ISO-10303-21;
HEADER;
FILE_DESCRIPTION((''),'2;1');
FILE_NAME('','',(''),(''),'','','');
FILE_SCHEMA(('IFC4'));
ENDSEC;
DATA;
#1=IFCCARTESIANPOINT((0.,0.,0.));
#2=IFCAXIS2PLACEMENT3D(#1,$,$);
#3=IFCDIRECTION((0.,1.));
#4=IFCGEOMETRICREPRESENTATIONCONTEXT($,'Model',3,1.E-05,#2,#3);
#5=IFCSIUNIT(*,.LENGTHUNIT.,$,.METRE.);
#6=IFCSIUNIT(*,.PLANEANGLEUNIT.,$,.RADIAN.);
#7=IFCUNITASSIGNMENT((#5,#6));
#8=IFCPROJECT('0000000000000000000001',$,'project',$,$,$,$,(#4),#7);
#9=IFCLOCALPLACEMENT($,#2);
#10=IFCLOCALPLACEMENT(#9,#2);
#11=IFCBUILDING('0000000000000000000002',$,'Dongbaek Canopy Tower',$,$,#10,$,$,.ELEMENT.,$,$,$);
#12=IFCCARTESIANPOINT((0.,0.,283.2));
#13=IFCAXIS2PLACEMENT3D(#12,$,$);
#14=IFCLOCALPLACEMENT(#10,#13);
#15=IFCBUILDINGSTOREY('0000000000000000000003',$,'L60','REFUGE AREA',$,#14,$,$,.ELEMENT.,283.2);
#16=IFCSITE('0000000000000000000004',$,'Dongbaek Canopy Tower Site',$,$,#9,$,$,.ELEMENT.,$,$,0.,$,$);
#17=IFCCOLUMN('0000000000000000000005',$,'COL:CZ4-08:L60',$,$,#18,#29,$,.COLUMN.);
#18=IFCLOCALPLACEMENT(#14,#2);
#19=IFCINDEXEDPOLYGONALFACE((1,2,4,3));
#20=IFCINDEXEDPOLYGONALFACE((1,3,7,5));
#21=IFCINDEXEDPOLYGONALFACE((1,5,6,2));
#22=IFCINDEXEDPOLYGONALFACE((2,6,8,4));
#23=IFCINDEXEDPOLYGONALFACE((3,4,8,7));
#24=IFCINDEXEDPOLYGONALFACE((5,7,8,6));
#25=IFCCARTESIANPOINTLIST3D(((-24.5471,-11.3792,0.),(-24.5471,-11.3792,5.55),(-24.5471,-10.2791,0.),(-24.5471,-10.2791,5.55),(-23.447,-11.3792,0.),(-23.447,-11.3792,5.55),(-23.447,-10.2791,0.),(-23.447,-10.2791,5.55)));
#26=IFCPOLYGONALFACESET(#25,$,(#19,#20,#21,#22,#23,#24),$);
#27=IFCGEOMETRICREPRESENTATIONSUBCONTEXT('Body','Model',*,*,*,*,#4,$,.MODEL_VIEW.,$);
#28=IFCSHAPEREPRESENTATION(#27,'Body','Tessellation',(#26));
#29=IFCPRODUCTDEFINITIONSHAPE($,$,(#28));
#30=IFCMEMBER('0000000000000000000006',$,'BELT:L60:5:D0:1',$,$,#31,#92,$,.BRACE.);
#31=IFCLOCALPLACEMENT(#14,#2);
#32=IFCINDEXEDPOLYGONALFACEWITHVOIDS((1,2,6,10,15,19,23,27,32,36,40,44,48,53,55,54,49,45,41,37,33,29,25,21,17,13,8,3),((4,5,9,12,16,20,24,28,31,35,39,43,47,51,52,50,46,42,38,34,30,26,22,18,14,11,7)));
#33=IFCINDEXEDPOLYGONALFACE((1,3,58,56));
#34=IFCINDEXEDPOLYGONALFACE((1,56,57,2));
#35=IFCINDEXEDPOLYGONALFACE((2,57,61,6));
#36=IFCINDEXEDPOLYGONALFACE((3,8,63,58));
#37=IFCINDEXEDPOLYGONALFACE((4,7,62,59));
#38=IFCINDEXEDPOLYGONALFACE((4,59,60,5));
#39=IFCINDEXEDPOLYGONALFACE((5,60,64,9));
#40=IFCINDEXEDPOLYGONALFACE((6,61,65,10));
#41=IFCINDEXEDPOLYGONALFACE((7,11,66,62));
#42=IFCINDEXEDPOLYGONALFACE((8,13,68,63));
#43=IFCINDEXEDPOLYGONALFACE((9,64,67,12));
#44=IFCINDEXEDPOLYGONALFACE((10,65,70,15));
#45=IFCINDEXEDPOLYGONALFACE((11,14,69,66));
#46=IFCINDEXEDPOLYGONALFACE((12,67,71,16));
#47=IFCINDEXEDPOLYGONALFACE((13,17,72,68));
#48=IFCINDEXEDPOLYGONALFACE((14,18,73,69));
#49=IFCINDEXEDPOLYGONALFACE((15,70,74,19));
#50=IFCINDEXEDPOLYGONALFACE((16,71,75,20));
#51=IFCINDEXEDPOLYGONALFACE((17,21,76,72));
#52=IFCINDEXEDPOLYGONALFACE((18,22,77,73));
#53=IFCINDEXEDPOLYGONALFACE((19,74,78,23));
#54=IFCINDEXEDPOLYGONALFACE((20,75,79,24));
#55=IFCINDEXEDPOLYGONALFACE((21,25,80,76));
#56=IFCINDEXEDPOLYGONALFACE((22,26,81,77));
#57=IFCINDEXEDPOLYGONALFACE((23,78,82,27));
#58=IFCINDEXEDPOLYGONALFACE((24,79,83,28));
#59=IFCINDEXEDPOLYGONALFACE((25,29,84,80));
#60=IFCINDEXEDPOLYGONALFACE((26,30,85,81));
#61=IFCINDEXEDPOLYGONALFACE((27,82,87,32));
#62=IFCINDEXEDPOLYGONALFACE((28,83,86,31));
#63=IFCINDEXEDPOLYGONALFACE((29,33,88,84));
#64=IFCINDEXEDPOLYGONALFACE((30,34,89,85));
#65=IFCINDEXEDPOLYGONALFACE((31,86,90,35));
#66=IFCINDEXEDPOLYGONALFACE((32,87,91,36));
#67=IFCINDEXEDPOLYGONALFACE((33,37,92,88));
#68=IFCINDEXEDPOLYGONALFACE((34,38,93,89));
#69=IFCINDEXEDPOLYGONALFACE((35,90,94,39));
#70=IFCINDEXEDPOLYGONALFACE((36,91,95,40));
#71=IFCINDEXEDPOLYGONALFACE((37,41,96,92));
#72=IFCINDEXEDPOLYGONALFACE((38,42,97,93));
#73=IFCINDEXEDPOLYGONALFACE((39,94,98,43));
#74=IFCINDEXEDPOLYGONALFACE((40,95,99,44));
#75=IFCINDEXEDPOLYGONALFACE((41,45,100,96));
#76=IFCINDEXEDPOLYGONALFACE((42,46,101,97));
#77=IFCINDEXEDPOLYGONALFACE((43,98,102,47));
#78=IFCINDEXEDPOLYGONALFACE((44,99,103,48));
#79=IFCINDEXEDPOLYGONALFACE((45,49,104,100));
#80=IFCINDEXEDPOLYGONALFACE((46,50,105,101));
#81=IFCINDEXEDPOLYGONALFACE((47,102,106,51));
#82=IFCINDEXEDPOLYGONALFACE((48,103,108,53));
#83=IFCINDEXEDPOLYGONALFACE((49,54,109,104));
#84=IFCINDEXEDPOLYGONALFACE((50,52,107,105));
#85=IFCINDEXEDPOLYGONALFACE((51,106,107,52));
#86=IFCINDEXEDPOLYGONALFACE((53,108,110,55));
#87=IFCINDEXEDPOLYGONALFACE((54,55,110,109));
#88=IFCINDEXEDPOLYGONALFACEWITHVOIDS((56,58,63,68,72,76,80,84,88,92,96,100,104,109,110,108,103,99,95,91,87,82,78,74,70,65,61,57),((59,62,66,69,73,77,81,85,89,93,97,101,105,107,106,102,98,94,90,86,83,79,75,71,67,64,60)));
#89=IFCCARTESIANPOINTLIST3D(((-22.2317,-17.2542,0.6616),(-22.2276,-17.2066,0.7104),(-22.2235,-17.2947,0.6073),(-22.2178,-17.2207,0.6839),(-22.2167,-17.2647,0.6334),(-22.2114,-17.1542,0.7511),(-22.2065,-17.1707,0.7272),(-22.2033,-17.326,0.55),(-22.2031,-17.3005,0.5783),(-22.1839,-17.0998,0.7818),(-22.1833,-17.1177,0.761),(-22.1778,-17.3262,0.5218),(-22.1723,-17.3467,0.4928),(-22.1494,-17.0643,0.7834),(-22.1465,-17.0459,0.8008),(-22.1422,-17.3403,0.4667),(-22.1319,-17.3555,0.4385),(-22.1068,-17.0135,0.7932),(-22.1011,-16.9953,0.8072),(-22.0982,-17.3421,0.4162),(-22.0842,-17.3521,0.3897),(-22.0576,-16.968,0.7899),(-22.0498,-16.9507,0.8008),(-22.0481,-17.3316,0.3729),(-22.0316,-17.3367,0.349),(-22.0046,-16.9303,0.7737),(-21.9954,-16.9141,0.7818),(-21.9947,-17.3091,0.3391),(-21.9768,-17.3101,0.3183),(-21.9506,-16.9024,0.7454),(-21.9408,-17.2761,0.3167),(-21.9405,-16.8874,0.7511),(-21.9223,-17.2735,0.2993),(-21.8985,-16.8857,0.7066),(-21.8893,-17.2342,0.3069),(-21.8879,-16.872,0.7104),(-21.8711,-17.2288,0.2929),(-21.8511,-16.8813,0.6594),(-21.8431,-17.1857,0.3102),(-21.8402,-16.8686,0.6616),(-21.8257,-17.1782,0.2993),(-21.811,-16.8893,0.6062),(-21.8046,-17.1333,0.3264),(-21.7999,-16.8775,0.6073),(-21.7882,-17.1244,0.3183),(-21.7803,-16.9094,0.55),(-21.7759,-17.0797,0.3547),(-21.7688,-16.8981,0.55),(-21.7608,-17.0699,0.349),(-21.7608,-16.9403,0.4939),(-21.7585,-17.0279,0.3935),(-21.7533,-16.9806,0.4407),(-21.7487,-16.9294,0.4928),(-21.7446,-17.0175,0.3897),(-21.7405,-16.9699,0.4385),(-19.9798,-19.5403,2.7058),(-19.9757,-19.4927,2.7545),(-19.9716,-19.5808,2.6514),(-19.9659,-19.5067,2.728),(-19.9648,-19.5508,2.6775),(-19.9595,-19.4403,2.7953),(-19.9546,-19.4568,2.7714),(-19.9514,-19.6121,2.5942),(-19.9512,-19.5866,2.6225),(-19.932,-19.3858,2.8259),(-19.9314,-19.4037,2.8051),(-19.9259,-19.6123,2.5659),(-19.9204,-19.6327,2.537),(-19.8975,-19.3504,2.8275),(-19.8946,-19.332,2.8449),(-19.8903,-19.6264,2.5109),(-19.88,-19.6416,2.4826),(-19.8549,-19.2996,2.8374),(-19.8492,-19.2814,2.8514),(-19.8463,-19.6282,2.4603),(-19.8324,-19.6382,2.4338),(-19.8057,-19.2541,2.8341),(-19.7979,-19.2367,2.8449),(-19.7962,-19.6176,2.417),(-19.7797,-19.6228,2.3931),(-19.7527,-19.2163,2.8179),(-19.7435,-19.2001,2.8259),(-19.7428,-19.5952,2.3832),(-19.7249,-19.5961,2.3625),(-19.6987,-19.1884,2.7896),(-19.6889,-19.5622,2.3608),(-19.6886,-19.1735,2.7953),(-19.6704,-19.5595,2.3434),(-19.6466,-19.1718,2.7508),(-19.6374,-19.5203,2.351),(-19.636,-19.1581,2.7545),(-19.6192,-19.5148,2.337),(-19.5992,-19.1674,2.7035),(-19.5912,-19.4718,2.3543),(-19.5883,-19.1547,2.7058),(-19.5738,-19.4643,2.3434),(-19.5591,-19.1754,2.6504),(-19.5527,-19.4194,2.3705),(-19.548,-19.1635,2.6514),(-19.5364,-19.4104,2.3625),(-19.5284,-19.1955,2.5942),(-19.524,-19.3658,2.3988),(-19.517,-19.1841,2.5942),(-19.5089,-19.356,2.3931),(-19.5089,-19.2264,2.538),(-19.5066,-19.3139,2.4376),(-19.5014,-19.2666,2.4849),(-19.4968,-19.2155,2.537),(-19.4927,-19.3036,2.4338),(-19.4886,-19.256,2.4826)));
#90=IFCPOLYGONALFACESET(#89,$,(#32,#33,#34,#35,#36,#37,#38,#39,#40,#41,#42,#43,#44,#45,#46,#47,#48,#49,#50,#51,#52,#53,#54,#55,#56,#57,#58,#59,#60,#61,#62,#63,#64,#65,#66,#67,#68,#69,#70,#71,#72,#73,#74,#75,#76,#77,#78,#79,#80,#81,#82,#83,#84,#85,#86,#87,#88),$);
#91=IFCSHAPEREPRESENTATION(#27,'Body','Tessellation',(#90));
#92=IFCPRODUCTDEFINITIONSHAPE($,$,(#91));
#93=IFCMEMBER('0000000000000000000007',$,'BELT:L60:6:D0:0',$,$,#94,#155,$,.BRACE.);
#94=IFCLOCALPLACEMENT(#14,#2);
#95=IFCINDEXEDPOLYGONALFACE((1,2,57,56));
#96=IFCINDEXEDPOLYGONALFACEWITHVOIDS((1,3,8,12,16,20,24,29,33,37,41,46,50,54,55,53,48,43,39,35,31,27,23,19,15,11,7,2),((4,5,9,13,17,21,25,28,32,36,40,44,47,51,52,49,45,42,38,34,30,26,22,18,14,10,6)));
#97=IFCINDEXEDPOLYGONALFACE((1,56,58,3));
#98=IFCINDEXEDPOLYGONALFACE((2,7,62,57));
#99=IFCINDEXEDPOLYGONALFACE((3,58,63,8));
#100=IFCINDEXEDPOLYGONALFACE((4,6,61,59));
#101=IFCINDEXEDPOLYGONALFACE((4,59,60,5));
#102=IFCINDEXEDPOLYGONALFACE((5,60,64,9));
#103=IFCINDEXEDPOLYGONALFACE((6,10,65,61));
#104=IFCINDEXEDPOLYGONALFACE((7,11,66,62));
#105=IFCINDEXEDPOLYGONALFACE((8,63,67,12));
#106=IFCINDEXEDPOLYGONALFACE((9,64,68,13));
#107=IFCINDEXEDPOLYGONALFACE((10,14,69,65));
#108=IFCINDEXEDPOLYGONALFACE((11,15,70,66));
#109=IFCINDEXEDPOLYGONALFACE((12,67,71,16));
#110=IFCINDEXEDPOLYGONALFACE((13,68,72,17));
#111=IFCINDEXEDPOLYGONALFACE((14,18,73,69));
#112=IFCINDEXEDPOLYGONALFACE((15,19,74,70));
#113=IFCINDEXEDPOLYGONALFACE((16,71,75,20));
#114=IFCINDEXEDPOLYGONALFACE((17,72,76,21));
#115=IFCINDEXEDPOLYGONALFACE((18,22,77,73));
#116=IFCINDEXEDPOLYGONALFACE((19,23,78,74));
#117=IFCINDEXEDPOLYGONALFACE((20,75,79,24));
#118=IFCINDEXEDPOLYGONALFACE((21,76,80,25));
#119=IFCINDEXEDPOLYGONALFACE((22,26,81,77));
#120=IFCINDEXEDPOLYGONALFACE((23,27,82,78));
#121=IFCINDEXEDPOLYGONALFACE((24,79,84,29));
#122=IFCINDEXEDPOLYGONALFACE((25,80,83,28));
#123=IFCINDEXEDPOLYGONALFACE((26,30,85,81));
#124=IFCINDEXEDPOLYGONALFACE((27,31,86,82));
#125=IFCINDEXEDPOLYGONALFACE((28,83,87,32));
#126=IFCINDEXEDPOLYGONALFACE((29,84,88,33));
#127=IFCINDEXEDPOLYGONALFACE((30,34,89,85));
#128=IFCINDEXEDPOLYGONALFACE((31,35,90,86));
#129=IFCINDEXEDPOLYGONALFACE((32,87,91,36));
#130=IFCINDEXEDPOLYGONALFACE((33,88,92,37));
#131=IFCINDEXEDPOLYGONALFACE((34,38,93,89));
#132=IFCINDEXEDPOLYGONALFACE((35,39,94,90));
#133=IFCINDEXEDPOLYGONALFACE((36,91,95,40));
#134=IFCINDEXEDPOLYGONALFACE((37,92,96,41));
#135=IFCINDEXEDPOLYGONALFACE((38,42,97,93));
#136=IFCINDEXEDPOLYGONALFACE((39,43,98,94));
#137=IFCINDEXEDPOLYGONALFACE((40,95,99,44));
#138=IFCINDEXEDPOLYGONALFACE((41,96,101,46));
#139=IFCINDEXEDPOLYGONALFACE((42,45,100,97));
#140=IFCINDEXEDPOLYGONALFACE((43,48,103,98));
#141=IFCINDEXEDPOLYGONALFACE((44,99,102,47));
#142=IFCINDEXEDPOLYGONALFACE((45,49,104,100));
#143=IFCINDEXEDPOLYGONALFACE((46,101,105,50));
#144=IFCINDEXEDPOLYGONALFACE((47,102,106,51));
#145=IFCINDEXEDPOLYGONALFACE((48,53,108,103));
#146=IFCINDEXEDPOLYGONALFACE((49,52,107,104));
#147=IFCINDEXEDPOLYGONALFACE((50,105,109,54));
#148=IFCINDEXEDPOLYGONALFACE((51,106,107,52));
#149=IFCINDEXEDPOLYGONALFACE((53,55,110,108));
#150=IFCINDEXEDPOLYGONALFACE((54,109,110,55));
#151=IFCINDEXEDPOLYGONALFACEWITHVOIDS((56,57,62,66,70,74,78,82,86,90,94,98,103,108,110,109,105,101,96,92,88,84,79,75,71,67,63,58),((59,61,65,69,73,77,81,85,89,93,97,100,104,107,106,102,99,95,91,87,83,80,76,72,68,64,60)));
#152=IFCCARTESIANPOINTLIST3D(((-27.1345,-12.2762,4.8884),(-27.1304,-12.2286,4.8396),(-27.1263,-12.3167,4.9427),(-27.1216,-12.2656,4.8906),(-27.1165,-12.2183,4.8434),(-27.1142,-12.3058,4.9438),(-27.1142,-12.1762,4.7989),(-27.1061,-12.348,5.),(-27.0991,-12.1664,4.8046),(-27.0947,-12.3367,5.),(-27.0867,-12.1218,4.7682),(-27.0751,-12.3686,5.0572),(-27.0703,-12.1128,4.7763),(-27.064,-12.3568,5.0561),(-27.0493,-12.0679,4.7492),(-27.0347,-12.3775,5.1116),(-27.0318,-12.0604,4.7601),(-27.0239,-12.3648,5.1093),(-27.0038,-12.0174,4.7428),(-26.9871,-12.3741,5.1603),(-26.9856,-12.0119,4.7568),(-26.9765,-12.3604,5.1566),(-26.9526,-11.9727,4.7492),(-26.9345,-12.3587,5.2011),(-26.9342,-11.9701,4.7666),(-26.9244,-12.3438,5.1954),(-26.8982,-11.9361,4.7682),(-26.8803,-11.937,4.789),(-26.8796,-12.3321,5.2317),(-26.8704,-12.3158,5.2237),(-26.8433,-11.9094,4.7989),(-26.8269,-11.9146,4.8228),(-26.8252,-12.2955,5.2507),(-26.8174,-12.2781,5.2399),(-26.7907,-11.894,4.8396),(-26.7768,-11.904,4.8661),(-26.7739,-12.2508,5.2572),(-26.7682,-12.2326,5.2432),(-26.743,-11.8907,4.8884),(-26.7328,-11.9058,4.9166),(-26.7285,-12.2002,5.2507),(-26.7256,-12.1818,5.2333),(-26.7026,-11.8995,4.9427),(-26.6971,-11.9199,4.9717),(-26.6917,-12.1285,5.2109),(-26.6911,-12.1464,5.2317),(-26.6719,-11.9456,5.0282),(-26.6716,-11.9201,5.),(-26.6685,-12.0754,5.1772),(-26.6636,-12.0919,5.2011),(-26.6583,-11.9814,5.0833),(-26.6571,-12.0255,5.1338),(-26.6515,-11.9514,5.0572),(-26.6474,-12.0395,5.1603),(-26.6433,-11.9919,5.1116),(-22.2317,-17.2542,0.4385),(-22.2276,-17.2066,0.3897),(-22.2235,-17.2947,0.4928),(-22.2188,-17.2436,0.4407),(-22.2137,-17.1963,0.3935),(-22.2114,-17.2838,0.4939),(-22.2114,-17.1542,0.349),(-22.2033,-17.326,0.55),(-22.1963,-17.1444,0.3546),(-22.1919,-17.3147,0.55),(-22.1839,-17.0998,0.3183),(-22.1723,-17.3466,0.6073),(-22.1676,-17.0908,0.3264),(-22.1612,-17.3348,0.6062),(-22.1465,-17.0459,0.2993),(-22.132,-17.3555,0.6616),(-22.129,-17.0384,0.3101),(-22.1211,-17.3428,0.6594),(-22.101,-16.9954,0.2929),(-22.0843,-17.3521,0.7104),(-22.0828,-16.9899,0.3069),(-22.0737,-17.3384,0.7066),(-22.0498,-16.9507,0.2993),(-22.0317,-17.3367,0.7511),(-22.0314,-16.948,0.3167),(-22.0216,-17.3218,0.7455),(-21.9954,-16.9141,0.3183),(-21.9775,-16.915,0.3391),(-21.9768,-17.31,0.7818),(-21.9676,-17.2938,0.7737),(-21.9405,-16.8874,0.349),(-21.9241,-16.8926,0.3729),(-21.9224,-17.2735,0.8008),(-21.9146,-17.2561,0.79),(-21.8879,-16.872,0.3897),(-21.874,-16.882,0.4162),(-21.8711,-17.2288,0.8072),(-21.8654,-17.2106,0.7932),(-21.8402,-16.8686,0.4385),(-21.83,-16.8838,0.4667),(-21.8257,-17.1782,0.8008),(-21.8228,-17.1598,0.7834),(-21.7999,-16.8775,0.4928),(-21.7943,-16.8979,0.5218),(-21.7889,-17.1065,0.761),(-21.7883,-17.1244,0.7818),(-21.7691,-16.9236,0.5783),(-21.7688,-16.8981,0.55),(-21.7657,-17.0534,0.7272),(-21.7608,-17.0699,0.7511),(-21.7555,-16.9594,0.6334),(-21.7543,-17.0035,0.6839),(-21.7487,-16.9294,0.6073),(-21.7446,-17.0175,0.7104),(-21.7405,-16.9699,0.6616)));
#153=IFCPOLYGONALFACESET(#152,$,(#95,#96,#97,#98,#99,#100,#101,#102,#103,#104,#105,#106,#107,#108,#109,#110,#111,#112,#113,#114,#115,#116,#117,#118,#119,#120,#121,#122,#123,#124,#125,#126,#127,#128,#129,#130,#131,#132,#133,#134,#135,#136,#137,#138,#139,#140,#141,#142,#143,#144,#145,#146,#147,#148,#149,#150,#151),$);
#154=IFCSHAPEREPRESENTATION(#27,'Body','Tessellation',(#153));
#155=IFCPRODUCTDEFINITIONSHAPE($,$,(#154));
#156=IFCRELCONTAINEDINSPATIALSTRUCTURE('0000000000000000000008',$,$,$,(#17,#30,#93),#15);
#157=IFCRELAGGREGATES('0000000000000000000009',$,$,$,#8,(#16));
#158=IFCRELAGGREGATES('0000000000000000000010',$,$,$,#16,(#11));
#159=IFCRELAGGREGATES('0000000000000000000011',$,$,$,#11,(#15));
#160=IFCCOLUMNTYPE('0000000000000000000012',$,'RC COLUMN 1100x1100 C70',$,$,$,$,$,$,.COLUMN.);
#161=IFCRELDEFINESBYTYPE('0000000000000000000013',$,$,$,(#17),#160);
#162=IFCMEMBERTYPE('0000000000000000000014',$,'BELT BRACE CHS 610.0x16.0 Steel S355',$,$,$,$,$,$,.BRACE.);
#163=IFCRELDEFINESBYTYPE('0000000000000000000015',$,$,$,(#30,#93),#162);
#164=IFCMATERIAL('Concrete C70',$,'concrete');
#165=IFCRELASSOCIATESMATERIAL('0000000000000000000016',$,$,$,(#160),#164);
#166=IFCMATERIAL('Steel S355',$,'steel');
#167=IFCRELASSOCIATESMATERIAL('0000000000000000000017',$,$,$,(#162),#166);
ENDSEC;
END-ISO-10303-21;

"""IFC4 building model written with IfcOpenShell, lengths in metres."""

from ifc_helpers import new_model, si_unit, direction, frame, origin, origin_2d, place, context, subcontext, project, spatial, rectangle, hollow_circle, extrude, material, material_profile, profile_set, type_object, element, save


model = new_model("IFC4")

# Units and contexts
model_context = context("Model", 3, precision=1e-05, world=origin(), true_north=direction((0.0, 1.0)))
body_context = subcontext(model_context, "Body", "Model", "MODEL_VIEW")
ifc_project = project(units=[si_unit("LENGTHUNIT", "METRE"), si_unit("PLANEANGLEUNIT", "RADIAN")], contexts=[model_context])

# Site, building, storey
site_placement = place(None, origin())
site = spatial("IfcSite", under=ifc_project, at=site_placement, Name="Dongbaek Canopy Tower Site", CompositionType="ELEMENT", RefElevation=0.0)
building_placement = place(site_placement, origin())
building = spatial("IfcBuilding", under=site, at=building_placement, Name="Dongbaek Canopy Tower", CompositionType="ELEMENT")
storey_placement = place(building_placement, frame((0.0, 0.0, 283.2)))
storey = spatial("IfcBuildingStorey", under=building, at=storey_placement, Name="L60", Description="REFUGE AREA", CompositionType="ELEMENT", Elevation=283.2)

# Column
ifc_material_1 = material(Name="Concrete C70", Category="concrete")
ifc_material_profile_1 = material_profile(ifc_material_1, rectangle(XDim=1.1001, YDim=1.1001, at=origin_2d()), Name="RC COLUMN 1100x1100 C70")
ifc_profile_set_1 = profile_set([ifc_material_profile_1], Name="Concrete C70")
column_type = type_object("IfcColumnType", Name="RC COLUMN 1100x1100 C70", PredefinedType="COLUMN", material=ifc_profile_set_1)
column_placement = place(storey_placement, frame((-23.9971, -10.8291, 0.0), z_axis=(0.0, 0.0, 1.0), x_axis=(1.0, 0.0, 0.0)))
element("IfcColumn", 1, at=column_placement, inside=storey, type_object=column_type, Name="COL:CZ4-08:L60", PredefinedType="COLUMN", context=body_context, shape_type="SweptSolid", body=[
    extrude(rectangle(XDim=1.1001, YDim=1.1001, at=origin_2d()), origin(), (0.0, 0.0, 1.0), 5.55),
])

# Members
ifc_material_2 = material(Name="Steel S355", Category="steel")
ifc_material_profile_2 = material_profile(ifc_material_2, hollow_circle(Radius=0.3049, WallThickness=0.0161, at=origin_2d()), Name="BELT BRACE CHS 610.0x16.0 Steel S355")
ifc_profile_set_2 = profile_set([ifc_material_profile_2], Name="Steel S355")
member_type_1 = type_object("IfcMemberType", Name="BELT BRACE CHS 610.0x16.0 Steel S355", PredefinedType="BRACE", material=ifc_profile_set_2)
member_1_placement = place(storey_placement, frame((-21.9861, -17.1121, 0.55), z_axis=(0.591874, -0.600857, 0.537268), x_axis=(0.712412, 0.701761, 0.0)))
element("IfcMember", 2, at=member_1_placement, inside=storey, type_object=member_type_1, Name="BELT:L60:5:D0:1", PredefinedType="BRACE", context=body_context, shape_type="SweptSolid", body=[
    extrude(hollow_circle(Radius=0.3049, WallThickness=0.0161, at=origin_2d()), origin(), (0.0, 0.0, 1.0), 3.8047),
])
member_2_placement = place(storey_placement, frame((-21.9861, -17.1121, 0.55), z_axis=(-0.591861, 0.600939, 0.53719), x_axis=(-0.712467, -0.701705, 0.0)))
element("IfcMember", 3, at=member_2_placement, inside=storey, type_object=member_type_1, Name="BELT:L60:6:D0:0", PredefinedType="BRACE", context=body_context, shape_type="SweptSolid", body=[
    extrude(hollow_circle(Radius=0.3049, WallThickness=0.0161, at=origin_2d()), origin(), (0.0, 0.0, 1.0), 8.2837),
])

save(model, "model.ifc")
